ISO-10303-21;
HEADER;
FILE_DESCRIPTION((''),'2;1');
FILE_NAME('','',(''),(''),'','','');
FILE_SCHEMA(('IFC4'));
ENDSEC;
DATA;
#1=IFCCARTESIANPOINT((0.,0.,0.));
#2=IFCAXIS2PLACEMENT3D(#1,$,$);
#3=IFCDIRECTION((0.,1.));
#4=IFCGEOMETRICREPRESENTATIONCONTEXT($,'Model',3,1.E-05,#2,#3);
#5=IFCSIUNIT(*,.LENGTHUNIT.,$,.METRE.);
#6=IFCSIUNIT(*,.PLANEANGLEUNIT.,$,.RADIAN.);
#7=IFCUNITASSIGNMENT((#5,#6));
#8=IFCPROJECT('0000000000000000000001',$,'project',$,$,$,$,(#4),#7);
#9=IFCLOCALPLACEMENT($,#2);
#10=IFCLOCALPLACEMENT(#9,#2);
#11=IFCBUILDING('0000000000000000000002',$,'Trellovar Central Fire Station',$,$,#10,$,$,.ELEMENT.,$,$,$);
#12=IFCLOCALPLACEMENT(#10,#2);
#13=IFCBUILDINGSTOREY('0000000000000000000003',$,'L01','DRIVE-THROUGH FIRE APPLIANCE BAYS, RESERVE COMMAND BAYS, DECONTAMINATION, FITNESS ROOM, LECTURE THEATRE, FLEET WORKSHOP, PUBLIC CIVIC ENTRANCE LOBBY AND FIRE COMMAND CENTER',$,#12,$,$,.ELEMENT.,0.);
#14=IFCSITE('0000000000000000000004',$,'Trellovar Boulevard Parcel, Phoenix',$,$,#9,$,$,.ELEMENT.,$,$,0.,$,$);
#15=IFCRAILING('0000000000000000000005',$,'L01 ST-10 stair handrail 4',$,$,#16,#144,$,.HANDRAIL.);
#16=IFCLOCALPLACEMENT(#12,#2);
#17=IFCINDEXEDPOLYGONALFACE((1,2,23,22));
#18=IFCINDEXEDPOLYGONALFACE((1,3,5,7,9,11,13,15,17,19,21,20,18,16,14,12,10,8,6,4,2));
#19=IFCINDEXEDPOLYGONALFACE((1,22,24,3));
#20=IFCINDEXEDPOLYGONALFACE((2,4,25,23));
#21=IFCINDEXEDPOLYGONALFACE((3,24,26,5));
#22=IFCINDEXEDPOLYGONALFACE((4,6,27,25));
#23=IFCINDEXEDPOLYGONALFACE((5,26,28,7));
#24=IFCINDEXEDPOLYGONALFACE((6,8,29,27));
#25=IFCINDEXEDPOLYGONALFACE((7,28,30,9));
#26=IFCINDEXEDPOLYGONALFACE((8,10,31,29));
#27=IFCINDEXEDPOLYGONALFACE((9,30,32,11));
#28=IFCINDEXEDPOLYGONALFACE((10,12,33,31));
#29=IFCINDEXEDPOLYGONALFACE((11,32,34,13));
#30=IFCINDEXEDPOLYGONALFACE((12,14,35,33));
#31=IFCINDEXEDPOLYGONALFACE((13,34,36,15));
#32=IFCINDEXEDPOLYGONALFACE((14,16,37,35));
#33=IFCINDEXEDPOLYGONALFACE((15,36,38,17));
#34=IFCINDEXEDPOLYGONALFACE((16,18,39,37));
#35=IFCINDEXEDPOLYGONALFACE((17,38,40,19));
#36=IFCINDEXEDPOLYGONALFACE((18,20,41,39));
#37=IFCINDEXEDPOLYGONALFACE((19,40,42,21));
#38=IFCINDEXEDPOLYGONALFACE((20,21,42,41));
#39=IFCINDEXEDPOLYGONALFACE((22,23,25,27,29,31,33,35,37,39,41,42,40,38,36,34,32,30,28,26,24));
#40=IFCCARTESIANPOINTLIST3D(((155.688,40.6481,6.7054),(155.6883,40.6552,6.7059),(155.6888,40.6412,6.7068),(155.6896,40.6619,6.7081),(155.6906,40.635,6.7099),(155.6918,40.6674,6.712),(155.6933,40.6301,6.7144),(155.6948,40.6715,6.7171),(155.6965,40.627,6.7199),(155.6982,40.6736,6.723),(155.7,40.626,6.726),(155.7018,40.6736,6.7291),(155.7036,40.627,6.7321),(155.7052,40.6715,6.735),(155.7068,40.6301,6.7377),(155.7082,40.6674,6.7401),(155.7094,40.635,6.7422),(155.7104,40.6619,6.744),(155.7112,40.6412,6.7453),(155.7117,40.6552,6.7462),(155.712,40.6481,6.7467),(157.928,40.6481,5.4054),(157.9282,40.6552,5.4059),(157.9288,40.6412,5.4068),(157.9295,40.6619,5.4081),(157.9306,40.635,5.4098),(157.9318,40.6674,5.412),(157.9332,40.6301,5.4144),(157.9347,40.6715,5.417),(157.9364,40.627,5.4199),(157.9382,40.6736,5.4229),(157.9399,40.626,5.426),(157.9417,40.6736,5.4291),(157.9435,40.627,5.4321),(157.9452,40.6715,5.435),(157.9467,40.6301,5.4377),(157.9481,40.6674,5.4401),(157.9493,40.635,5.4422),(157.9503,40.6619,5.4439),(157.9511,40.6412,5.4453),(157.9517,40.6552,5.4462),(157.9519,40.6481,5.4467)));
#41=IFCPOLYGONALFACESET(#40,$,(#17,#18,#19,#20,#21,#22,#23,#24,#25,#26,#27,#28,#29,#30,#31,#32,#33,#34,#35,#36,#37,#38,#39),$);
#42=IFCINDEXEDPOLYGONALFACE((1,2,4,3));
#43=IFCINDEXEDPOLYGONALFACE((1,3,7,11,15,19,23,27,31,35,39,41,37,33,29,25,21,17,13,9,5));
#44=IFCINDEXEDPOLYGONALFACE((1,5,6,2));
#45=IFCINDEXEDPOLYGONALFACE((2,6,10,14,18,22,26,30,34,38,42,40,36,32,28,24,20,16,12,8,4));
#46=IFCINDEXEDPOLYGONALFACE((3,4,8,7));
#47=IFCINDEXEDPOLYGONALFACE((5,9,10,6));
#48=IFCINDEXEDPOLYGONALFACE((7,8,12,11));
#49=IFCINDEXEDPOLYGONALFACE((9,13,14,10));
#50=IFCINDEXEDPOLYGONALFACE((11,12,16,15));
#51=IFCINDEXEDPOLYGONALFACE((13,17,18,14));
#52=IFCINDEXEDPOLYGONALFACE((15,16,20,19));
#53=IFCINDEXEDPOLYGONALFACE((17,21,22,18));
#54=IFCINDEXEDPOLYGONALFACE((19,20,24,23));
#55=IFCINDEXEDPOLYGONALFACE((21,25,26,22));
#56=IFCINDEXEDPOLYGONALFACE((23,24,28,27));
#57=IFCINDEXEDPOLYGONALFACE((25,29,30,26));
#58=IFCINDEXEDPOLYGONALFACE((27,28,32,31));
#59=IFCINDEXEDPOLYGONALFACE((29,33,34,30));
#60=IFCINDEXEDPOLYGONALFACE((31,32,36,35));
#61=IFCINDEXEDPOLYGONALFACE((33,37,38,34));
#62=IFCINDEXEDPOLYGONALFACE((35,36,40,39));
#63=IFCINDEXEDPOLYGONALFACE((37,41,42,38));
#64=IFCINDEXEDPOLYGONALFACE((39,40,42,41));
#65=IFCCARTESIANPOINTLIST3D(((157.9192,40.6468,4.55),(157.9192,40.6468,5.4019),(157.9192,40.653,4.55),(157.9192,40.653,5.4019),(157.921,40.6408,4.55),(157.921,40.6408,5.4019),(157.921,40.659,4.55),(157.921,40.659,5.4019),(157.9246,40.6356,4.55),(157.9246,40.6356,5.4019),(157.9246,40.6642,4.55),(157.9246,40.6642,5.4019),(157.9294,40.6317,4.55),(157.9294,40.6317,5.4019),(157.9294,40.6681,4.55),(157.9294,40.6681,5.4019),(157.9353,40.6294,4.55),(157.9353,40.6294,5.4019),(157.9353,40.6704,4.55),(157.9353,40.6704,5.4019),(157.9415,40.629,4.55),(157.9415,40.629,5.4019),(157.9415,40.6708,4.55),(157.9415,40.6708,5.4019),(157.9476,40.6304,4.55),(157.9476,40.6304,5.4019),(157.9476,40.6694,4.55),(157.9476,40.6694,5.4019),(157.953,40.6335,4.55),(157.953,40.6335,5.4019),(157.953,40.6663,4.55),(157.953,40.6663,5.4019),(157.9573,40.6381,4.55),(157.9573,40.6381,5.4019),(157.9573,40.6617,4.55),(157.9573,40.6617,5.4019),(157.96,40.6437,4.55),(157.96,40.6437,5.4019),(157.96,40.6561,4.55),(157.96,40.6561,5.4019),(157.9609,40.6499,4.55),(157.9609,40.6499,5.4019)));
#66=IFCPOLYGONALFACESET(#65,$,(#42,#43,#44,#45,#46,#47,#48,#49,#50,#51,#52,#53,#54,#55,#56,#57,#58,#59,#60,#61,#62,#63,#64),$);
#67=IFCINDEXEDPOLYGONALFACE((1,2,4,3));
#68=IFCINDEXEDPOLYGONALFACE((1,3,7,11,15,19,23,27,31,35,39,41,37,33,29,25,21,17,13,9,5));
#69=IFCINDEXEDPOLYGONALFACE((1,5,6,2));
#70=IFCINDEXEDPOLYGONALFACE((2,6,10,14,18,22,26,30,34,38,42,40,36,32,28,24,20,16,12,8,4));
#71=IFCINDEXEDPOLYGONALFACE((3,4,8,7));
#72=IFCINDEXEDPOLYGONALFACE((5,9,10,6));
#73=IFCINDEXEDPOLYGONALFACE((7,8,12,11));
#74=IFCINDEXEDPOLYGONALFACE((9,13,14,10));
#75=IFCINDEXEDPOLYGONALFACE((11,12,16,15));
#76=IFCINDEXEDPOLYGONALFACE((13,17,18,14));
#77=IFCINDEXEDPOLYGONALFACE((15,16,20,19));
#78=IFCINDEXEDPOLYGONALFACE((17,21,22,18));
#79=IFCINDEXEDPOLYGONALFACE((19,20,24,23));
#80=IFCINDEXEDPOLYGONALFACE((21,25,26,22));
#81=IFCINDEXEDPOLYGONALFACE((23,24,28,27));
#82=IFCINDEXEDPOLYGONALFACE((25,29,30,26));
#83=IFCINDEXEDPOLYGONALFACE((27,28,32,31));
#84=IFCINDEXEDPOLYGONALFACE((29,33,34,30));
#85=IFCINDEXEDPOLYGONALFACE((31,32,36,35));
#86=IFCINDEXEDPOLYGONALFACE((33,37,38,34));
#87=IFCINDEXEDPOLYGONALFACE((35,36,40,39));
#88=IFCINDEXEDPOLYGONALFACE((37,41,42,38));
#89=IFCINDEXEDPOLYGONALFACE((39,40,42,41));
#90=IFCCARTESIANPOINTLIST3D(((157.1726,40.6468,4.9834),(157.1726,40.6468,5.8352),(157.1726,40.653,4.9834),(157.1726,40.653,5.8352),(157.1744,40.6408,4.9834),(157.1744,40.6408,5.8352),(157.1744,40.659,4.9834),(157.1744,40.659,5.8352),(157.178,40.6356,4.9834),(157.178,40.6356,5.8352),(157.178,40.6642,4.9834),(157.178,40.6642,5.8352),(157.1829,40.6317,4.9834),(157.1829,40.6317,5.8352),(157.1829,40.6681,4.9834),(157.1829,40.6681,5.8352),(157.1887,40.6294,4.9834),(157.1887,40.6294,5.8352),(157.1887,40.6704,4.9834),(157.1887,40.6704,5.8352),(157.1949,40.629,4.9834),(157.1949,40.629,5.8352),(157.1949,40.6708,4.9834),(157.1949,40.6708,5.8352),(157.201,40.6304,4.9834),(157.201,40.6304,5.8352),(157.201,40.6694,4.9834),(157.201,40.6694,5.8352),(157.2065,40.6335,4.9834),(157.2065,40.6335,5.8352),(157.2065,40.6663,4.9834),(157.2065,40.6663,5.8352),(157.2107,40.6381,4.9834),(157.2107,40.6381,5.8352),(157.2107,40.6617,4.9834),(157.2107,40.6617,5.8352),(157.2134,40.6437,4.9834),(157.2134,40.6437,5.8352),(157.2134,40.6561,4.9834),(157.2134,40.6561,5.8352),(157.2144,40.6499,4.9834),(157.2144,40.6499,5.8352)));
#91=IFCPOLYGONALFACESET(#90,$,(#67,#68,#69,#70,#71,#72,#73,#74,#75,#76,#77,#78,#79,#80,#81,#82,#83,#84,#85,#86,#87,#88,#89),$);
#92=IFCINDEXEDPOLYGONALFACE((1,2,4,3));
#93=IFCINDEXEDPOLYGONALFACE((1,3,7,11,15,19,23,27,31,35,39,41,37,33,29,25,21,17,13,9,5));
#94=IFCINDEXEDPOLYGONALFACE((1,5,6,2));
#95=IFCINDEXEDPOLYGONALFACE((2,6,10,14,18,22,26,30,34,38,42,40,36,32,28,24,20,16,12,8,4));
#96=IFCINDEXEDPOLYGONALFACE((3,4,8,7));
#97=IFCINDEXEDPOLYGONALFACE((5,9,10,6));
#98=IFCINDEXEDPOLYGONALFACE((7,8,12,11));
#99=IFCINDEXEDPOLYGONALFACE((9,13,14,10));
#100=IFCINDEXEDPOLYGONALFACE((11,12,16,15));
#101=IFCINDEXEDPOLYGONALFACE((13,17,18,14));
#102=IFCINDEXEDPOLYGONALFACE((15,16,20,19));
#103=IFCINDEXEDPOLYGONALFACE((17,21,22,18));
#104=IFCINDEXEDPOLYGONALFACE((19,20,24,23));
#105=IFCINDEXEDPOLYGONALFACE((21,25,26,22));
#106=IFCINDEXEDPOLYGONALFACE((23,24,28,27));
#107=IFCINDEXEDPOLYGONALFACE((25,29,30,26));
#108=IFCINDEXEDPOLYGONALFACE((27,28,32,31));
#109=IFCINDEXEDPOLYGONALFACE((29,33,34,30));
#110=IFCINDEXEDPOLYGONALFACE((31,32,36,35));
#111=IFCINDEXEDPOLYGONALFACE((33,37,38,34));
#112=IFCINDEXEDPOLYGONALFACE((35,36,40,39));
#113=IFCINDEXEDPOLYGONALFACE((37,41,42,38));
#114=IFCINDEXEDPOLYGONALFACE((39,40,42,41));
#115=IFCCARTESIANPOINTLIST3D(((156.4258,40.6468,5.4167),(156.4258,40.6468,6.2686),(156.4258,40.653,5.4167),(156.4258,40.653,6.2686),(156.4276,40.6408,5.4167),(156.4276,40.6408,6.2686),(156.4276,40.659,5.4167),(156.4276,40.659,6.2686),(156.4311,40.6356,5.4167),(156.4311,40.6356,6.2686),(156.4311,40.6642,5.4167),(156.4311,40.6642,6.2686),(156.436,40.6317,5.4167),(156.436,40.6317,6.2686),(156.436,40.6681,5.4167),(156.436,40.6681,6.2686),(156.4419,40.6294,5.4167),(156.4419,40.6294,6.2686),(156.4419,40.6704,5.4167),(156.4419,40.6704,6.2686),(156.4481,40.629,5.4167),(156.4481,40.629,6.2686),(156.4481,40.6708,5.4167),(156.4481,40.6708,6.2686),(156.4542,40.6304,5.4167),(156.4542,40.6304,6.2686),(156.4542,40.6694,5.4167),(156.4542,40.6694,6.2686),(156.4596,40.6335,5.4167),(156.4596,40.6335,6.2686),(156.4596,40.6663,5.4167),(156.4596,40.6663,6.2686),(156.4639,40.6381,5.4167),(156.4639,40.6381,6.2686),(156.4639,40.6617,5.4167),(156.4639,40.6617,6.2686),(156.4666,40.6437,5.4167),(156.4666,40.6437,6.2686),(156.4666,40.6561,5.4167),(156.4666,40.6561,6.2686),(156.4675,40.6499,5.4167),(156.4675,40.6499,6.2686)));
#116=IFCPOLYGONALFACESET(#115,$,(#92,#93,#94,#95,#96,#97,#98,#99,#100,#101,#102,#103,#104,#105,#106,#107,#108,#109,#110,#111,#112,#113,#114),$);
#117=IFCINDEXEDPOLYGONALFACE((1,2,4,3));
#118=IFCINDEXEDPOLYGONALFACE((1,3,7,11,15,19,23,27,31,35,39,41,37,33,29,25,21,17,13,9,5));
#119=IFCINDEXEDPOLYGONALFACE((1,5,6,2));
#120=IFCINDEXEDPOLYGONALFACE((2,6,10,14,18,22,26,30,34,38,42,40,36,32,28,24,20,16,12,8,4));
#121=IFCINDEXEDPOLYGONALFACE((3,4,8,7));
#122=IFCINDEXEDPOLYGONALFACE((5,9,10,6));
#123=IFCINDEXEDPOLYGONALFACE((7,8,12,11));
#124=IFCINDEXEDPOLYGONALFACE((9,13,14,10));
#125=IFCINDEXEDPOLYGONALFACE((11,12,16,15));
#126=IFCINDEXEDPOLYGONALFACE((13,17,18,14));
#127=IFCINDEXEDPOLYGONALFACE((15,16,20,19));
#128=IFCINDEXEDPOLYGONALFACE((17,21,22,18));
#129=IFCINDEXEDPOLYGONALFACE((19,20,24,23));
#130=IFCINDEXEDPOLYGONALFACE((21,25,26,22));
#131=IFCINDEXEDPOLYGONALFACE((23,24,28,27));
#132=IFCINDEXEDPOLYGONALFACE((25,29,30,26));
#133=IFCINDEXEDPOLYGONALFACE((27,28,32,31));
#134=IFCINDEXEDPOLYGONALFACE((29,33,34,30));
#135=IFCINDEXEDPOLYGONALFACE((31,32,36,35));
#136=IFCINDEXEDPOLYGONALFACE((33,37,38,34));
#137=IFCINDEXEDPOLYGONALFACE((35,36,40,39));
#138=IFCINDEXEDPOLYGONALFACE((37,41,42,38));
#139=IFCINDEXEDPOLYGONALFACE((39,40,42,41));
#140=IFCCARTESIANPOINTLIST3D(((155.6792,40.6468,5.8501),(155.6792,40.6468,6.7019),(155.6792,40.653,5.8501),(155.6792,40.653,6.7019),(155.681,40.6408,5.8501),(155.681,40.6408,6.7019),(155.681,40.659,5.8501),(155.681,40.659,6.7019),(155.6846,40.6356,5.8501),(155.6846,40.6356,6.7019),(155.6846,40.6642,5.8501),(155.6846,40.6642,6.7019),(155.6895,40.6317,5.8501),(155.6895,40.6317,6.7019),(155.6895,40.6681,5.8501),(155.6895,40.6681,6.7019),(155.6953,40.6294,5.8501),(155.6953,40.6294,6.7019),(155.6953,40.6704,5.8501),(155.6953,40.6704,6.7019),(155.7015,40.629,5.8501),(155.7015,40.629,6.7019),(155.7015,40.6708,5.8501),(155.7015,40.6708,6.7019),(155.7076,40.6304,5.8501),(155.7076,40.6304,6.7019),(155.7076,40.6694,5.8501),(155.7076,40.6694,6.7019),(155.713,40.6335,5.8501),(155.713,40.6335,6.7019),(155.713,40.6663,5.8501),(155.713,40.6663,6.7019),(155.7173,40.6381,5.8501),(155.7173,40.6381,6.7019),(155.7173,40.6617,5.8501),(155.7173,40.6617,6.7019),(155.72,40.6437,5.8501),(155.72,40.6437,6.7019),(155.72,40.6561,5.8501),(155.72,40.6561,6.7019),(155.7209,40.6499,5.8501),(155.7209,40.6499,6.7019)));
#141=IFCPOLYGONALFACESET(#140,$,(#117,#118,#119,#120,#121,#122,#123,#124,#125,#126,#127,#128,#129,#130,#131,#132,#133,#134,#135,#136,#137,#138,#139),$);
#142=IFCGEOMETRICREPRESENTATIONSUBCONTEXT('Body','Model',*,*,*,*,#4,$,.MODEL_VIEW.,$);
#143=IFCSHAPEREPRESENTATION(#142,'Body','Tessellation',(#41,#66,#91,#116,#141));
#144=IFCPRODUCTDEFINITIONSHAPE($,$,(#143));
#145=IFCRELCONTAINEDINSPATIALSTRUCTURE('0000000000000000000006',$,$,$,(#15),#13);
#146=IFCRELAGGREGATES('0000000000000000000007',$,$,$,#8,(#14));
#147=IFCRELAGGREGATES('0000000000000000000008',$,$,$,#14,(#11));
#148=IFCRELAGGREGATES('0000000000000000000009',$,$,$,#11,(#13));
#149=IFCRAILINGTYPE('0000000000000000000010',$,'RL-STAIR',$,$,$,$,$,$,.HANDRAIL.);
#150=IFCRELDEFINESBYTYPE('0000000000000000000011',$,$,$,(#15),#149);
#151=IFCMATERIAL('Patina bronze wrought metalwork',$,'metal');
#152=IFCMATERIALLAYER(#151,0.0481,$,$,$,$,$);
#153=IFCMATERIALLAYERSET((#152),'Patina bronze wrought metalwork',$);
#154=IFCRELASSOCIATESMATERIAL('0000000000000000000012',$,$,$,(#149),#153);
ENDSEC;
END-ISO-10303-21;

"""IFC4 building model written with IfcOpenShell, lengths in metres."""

from ifc_helpers import new_model, si_unit, direction, frame, origin, origin_2d, place, context, subcontext, project, spatial, circle, extrude, material, layer, layer_set, type_object, element, save


model = new_model("IFC4")

# Units and contexts
model_context = context("Model", 3, precision=1e-05, world=origin(), true_north=direction((0.0, 1.0)))
body_context = subcontext(model_context, "Body", "Model", "MODEL_VIEW")
ifc_project = project(units=[si_unit("LENGTHUNIT", "METRE"), si_unit("PLANEANGLEUNIT", "RADIAN")], contexts=[model_context])

# Site, building, storey
site_placement = place(None, origin())
site = spatial("IfcSite", under=ifc_project, at=site_placement, Name="Trellovar Boulevard Parcel, Phoenix", CompositionType="ELEMENT", RefElevation=0.0)
building_placement = place(site_placement, origin())
building = spatial("IfcBuilding", under=site, at=building_placement, Name="Trellovar Central Fire Station", CompositionType="ELEMENT")
storey_placement = place(building_placement, origin())
storey = spatial("IfcBuildingStorey", under=building, at=storey_placement, Name="L01", Description="DRIVE-THROUGH FIRE APPLIANCE BAYS, RESERVE COMMAND BAYS, DECONTAMINATION, FITNESS ROOM, LECTURE THEATRE, FLEET WORKSHOP, PUBLIC CIVIC ENTRANCE LOBBY AND FIRE COMMAND CENTER", CompositionType="ELEMENT", Elevation=0.0)

# Railing
ifc_material_1 = material(Name="Patina bronze wrought metalwork", Category="metal")
ifc_layer_1 = layer(ifc_material_1, 0.0481)
ifc_layer_set_1 = layer_set([ifc_layer_1], Name="Patina bronze wrought metalwork")
railing_type_1 = type_object("IfcRailingType", Name="RL-STAIR", PredefinedType="HANDRAIL", material=ifc_layer_set_1)
for number, where, name in (
    (1, (157.9399, 40.6499, 4.55), "L01 ST-10 stair handrail 4"),
):
    element("IfcRailing", number, at=place(storey_placement, frame(where)), inside=storey, type_object=railing_type_1, Name=name, PredefinedType="HANDRAIL", context=body_context, shape_type="SweptSolid", body=[
        extrude(circle(Radius=0.0239, at=origin_2d()), frame((0.0, 0.0, 0.876), z_axis=(-0.864888, 0.0, 0.501965), x_axis=(0.0, -1.0, 0.0)), (0.0, 0.0, 1.0), 2.5898),
        extrude(circle(Radius=0.021, at=origin_2d()), origin(), (0.0, 0.0, 1.0), 0.8518),
        extrude(circle(Radius=0.021, at=origin_2d()), frame((-0.7466, 0.0, 0.4333)), (0.0, 0.0, 1.0), 0.8518),
        extrude(circle(Radius=0.021, at=origin_2d()), frame((-1.4934, 0.0, 0.8667)), (0.0, 0.0, 1.0), 0.8518),
        extrude(circle(Radius=0.021, at=origin_2d()), frame((-2.24, 0.0, 1.3)), (0.0, 0.0, 1.0), 0.8518),
    ])

save(model, "model.ifc")
